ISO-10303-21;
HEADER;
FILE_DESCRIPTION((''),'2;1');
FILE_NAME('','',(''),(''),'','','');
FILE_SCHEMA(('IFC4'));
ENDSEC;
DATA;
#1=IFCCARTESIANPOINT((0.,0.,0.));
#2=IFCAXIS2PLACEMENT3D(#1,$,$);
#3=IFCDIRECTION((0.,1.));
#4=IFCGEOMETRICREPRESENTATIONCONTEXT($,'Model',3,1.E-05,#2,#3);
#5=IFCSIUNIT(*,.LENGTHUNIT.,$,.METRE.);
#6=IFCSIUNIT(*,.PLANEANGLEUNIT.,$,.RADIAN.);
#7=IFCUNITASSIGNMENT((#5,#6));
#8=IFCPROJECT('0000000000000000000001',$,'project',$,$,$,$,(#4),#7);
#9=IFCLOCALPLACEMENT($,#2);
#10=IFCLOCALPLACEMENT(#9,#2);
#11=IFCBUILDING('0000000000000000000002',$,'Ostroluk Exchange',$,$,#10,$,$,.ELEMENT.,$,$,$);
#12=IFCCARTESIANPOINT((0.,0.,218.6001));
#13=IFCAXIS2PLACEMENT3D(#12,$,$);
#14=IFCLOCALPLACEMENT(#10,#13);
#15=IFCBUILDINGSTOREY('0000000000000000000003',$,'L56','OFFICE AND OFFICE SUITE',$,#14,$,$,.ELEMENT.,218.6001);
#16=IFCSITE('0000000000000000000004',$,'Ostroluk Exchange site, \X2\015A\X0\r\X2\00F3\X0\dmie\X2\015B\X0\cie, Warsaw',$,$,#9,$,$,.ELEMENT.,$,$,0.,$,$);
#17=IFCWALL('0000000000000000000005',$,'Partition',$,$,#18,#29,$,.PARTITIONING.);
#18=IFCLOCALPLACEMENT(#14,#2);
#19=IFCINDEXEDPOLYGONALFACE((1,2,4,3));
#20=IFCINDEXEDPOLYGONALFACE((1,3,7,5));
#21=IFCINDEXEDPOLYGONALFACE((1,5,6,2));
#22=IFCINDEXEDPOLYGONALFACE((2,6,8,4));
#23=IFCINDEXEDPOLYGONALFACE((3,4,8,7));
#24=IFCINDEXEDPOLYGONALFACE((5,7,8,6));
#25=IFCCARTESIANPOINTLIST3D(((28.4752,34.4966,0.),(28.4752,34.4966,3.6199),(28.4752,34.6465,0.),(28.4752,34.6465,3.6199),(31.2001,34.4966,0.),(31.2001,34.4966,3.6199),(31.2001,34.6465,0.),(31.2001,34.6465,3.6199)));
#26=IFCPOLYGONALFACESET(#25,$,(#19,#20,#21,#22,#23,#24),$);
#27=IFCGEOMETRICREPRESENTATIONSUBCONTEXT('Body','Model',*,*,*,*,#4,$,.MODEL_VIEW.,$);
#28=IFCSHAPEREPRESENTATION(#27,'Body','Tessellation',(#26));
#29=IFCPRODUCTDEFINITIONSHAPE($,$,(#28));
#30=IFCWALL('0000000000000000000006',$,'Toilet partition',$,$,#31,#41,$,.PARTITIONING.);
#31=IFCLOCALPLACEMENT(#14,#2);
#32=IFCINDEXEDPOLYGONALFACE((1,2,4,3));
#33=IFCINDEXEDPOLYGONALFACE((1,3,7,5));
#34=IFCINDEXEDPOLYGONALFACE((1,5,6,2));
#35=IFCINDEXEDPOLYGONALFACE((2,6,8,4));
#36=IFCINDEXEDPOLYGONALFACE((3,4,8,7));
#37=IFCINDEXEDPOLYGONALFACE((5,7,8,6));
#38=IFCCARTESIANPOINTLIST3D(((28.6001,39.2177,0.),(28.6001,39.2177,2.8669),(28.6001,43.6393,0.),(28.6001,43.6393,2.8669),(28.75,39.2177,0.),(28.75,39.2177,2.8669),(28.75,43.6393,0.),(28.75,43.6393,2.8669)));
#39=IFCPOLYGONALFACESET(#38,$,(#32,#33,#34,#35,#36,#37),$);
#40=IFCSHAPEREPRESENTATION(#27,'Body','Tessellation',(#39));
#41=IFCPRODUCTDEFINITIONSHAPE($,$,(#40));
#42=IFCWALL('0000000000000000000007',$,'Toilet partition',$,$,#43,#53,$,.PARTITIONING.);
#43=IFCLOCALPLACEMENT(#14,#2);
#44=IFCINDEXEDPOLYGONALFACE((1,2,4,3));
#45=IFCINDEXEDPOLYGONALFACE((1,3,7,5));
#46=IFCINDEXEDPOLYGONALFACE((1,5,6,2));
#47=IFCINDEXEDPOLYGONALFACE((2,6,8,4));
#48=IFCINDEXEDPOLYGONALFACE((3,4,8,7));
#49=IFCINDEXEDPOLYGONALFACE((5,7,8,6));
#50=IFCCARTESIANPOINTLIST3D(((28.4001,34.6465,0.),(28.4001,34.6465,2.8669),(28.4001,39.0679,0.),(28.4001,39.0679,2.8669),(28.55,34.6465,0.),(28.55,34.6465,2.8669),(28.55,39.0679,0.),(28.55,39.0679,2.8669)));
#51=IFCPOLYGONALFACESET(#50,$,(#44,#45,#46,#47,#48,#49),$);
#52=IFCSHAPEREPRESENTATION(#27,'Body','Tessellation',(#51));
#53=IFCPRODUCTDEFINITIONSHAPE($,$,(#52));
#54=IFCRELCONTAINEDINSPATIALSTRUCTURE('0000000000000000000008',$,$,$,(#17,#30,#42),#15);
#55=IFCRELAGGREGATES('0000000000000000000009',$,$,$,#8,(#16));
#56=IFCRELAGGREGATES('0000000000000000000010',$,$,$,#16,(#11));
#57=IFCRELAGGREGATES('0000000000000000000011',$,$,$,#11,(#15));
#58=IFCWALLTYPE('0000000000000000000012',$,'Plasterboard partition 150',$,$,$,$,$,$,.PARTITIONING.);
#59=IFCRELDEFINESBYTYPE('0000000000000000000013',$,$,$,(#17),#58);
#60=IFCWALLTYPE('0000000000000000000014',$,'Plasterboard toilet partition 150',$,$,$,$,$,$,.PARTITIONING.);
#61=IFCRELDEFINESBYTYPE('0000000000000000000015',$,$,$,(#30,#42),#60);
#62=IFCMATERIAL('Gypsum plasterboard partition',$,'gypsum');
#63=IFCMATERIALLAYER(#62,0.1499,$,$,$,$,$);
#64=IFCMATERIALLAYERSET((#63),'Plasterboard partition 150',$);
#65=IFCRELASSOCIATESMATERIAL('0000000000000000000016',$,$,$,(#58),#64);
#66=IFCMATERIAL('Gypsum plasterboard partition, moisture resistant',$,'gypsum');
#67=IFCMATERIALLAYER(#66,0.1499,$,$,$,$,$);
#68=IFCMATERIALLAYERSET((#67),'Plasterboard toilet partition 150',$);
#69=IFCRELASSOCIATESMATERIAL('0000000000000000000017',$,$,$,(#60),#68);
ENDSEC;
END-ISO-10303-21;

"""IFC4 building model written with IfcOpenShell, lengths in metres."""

from ifc_helpers import new_model, si_unit, direction, frame, frame_2d, origin, place, context, subcontext, project, spatial, rectangle, extrude, material, layer, layer_set, type_object, element, save


model = new_model("IFC4")

# Units and contexts
model_context = context("Model", 3, precision=1e-05, world=origin(), true_north=direction((0.0, 1.0)))
body_context = subcontext(model_context, "Body", "Model", "MODEL_VIEW")
ifc_project = project(units=[si_unit("LENGTHUNIT", "METRE"), si_unit("PLANEANGLEUNIT", "RADIAN")], contexts=[model_context])

# Site, building, storey
site_placement = place(None, origin())
site = spatial("IfcSite", under=ifc_project, at=site_placement, Name="Ostroluk Exchange site, Śródmieście, Warsaw", CompositionType="ELEMENT", RefElevation=0.0)
building_placement = place(site_placement, origin())
building = spatial("IfcBuilding", under=site, at=building_placement, Name="Ostroluk Exchange", CompositionType="ELEMENT")
storey_placement = place(building_placement, frame((0.0, 0.0, 218.6001)))
storey = spatial("IfcBuildingStorey", under=building, at=storey_placement, Name="L56", Description="OFFICE AND OFFICE SUITE", CompositionType="ELEMENT", Elevation=218.6001)

# Walls
ifc_material_1 = material(Name="Gypsum plasterboard partition", Category="gypsum")
ifc_layer_1 = layer(ifc_material_1, 0.1499)
ifc_layer_set_1 = layer_set([ifc_layer_1], Name="Plasterboard partition 150")
wall_type_1 = type_object("IfcWallType", Name="Plasterboard partition 150", PredefinedType="PARTITIONING", material=ifc_layer_set_1)
wall_1_placement = place(storey_placement, frame((31.2, 34.5715, 0.0), z_axis=(0.0, 0.0, 1.0), x_axis=(-1.0, 0.0, 0.0)))
element("IfcWall", 1, at=wall_1_placement, inside=storey, type_object=wall_type_1, Name="Partition", PredefinedType="PARTITIONING", context=body_context, shape_type="SweptSolid", body=[
    extrude(rectangle(XDim=2.7249, YDim=0.1499, at=frame_2d((1.3623, 0.0))), origin(), (0.0, 0.0, 1.0), 3.6199),
])
ifc_material_2 = material(Name="Gypsum plasterboard partition, moisture resistant", Category="gypsum")
ifc_layer_2 = layer(ifc_material_2, 0.1499)
ifc_layer_set_2 = layer_set([ifc_layer_2], Name="Plasterboard toilet partition 150")
wall_type_2 = type_object("IfcWallType", Name="Plasterboard toilet partition 150", PredefinedType="PARTITIONING", material=ifc_layer_set_2)
wall_2_placement = place(storey_placement, frame((28.675, 43.6394, 0.0), z_axis=(0.0, 0.0, 1.0), x_axis=(0.0, -1.0, 0.0)))
element("IfcWall", 2, at=wall_2_placement, inside=storey, type_object=wall_type_2, Name="Toilet partition", PredefinedType="PARTITIONING", context=body_context, shape_type="SweptSolid", body=[
    extrude(rectangle(XDim=4.4216, YDim=0.1499, at=frame_2d((2.2109, 0.0))), origin(), (0.0, 0.0, 1.0), 2.8669),
])
wall_3_placement = place(storey_placement, frame((28.4751, 39.0679, 0.0), z_axis=(0.0, 0.0, 1.0), x_axis=(0.0, -1.0, 0.0)))
element("IfcWall", 3, at=wall_3_placement, inside=storey, type_object=wall_type_2, Name="Toilet partition", PredefinedType="PARTITIONING", context=body_context, shape_type="SweptSolid", body=[
    extrude(rectangle(XDim=4.4214, YDim=0.1499, at=frame_2d((2.2107, 0.0))), origin(), (0.0, 0.0, 1.0), 2.8669),
])

save(model, "model.ifc")
